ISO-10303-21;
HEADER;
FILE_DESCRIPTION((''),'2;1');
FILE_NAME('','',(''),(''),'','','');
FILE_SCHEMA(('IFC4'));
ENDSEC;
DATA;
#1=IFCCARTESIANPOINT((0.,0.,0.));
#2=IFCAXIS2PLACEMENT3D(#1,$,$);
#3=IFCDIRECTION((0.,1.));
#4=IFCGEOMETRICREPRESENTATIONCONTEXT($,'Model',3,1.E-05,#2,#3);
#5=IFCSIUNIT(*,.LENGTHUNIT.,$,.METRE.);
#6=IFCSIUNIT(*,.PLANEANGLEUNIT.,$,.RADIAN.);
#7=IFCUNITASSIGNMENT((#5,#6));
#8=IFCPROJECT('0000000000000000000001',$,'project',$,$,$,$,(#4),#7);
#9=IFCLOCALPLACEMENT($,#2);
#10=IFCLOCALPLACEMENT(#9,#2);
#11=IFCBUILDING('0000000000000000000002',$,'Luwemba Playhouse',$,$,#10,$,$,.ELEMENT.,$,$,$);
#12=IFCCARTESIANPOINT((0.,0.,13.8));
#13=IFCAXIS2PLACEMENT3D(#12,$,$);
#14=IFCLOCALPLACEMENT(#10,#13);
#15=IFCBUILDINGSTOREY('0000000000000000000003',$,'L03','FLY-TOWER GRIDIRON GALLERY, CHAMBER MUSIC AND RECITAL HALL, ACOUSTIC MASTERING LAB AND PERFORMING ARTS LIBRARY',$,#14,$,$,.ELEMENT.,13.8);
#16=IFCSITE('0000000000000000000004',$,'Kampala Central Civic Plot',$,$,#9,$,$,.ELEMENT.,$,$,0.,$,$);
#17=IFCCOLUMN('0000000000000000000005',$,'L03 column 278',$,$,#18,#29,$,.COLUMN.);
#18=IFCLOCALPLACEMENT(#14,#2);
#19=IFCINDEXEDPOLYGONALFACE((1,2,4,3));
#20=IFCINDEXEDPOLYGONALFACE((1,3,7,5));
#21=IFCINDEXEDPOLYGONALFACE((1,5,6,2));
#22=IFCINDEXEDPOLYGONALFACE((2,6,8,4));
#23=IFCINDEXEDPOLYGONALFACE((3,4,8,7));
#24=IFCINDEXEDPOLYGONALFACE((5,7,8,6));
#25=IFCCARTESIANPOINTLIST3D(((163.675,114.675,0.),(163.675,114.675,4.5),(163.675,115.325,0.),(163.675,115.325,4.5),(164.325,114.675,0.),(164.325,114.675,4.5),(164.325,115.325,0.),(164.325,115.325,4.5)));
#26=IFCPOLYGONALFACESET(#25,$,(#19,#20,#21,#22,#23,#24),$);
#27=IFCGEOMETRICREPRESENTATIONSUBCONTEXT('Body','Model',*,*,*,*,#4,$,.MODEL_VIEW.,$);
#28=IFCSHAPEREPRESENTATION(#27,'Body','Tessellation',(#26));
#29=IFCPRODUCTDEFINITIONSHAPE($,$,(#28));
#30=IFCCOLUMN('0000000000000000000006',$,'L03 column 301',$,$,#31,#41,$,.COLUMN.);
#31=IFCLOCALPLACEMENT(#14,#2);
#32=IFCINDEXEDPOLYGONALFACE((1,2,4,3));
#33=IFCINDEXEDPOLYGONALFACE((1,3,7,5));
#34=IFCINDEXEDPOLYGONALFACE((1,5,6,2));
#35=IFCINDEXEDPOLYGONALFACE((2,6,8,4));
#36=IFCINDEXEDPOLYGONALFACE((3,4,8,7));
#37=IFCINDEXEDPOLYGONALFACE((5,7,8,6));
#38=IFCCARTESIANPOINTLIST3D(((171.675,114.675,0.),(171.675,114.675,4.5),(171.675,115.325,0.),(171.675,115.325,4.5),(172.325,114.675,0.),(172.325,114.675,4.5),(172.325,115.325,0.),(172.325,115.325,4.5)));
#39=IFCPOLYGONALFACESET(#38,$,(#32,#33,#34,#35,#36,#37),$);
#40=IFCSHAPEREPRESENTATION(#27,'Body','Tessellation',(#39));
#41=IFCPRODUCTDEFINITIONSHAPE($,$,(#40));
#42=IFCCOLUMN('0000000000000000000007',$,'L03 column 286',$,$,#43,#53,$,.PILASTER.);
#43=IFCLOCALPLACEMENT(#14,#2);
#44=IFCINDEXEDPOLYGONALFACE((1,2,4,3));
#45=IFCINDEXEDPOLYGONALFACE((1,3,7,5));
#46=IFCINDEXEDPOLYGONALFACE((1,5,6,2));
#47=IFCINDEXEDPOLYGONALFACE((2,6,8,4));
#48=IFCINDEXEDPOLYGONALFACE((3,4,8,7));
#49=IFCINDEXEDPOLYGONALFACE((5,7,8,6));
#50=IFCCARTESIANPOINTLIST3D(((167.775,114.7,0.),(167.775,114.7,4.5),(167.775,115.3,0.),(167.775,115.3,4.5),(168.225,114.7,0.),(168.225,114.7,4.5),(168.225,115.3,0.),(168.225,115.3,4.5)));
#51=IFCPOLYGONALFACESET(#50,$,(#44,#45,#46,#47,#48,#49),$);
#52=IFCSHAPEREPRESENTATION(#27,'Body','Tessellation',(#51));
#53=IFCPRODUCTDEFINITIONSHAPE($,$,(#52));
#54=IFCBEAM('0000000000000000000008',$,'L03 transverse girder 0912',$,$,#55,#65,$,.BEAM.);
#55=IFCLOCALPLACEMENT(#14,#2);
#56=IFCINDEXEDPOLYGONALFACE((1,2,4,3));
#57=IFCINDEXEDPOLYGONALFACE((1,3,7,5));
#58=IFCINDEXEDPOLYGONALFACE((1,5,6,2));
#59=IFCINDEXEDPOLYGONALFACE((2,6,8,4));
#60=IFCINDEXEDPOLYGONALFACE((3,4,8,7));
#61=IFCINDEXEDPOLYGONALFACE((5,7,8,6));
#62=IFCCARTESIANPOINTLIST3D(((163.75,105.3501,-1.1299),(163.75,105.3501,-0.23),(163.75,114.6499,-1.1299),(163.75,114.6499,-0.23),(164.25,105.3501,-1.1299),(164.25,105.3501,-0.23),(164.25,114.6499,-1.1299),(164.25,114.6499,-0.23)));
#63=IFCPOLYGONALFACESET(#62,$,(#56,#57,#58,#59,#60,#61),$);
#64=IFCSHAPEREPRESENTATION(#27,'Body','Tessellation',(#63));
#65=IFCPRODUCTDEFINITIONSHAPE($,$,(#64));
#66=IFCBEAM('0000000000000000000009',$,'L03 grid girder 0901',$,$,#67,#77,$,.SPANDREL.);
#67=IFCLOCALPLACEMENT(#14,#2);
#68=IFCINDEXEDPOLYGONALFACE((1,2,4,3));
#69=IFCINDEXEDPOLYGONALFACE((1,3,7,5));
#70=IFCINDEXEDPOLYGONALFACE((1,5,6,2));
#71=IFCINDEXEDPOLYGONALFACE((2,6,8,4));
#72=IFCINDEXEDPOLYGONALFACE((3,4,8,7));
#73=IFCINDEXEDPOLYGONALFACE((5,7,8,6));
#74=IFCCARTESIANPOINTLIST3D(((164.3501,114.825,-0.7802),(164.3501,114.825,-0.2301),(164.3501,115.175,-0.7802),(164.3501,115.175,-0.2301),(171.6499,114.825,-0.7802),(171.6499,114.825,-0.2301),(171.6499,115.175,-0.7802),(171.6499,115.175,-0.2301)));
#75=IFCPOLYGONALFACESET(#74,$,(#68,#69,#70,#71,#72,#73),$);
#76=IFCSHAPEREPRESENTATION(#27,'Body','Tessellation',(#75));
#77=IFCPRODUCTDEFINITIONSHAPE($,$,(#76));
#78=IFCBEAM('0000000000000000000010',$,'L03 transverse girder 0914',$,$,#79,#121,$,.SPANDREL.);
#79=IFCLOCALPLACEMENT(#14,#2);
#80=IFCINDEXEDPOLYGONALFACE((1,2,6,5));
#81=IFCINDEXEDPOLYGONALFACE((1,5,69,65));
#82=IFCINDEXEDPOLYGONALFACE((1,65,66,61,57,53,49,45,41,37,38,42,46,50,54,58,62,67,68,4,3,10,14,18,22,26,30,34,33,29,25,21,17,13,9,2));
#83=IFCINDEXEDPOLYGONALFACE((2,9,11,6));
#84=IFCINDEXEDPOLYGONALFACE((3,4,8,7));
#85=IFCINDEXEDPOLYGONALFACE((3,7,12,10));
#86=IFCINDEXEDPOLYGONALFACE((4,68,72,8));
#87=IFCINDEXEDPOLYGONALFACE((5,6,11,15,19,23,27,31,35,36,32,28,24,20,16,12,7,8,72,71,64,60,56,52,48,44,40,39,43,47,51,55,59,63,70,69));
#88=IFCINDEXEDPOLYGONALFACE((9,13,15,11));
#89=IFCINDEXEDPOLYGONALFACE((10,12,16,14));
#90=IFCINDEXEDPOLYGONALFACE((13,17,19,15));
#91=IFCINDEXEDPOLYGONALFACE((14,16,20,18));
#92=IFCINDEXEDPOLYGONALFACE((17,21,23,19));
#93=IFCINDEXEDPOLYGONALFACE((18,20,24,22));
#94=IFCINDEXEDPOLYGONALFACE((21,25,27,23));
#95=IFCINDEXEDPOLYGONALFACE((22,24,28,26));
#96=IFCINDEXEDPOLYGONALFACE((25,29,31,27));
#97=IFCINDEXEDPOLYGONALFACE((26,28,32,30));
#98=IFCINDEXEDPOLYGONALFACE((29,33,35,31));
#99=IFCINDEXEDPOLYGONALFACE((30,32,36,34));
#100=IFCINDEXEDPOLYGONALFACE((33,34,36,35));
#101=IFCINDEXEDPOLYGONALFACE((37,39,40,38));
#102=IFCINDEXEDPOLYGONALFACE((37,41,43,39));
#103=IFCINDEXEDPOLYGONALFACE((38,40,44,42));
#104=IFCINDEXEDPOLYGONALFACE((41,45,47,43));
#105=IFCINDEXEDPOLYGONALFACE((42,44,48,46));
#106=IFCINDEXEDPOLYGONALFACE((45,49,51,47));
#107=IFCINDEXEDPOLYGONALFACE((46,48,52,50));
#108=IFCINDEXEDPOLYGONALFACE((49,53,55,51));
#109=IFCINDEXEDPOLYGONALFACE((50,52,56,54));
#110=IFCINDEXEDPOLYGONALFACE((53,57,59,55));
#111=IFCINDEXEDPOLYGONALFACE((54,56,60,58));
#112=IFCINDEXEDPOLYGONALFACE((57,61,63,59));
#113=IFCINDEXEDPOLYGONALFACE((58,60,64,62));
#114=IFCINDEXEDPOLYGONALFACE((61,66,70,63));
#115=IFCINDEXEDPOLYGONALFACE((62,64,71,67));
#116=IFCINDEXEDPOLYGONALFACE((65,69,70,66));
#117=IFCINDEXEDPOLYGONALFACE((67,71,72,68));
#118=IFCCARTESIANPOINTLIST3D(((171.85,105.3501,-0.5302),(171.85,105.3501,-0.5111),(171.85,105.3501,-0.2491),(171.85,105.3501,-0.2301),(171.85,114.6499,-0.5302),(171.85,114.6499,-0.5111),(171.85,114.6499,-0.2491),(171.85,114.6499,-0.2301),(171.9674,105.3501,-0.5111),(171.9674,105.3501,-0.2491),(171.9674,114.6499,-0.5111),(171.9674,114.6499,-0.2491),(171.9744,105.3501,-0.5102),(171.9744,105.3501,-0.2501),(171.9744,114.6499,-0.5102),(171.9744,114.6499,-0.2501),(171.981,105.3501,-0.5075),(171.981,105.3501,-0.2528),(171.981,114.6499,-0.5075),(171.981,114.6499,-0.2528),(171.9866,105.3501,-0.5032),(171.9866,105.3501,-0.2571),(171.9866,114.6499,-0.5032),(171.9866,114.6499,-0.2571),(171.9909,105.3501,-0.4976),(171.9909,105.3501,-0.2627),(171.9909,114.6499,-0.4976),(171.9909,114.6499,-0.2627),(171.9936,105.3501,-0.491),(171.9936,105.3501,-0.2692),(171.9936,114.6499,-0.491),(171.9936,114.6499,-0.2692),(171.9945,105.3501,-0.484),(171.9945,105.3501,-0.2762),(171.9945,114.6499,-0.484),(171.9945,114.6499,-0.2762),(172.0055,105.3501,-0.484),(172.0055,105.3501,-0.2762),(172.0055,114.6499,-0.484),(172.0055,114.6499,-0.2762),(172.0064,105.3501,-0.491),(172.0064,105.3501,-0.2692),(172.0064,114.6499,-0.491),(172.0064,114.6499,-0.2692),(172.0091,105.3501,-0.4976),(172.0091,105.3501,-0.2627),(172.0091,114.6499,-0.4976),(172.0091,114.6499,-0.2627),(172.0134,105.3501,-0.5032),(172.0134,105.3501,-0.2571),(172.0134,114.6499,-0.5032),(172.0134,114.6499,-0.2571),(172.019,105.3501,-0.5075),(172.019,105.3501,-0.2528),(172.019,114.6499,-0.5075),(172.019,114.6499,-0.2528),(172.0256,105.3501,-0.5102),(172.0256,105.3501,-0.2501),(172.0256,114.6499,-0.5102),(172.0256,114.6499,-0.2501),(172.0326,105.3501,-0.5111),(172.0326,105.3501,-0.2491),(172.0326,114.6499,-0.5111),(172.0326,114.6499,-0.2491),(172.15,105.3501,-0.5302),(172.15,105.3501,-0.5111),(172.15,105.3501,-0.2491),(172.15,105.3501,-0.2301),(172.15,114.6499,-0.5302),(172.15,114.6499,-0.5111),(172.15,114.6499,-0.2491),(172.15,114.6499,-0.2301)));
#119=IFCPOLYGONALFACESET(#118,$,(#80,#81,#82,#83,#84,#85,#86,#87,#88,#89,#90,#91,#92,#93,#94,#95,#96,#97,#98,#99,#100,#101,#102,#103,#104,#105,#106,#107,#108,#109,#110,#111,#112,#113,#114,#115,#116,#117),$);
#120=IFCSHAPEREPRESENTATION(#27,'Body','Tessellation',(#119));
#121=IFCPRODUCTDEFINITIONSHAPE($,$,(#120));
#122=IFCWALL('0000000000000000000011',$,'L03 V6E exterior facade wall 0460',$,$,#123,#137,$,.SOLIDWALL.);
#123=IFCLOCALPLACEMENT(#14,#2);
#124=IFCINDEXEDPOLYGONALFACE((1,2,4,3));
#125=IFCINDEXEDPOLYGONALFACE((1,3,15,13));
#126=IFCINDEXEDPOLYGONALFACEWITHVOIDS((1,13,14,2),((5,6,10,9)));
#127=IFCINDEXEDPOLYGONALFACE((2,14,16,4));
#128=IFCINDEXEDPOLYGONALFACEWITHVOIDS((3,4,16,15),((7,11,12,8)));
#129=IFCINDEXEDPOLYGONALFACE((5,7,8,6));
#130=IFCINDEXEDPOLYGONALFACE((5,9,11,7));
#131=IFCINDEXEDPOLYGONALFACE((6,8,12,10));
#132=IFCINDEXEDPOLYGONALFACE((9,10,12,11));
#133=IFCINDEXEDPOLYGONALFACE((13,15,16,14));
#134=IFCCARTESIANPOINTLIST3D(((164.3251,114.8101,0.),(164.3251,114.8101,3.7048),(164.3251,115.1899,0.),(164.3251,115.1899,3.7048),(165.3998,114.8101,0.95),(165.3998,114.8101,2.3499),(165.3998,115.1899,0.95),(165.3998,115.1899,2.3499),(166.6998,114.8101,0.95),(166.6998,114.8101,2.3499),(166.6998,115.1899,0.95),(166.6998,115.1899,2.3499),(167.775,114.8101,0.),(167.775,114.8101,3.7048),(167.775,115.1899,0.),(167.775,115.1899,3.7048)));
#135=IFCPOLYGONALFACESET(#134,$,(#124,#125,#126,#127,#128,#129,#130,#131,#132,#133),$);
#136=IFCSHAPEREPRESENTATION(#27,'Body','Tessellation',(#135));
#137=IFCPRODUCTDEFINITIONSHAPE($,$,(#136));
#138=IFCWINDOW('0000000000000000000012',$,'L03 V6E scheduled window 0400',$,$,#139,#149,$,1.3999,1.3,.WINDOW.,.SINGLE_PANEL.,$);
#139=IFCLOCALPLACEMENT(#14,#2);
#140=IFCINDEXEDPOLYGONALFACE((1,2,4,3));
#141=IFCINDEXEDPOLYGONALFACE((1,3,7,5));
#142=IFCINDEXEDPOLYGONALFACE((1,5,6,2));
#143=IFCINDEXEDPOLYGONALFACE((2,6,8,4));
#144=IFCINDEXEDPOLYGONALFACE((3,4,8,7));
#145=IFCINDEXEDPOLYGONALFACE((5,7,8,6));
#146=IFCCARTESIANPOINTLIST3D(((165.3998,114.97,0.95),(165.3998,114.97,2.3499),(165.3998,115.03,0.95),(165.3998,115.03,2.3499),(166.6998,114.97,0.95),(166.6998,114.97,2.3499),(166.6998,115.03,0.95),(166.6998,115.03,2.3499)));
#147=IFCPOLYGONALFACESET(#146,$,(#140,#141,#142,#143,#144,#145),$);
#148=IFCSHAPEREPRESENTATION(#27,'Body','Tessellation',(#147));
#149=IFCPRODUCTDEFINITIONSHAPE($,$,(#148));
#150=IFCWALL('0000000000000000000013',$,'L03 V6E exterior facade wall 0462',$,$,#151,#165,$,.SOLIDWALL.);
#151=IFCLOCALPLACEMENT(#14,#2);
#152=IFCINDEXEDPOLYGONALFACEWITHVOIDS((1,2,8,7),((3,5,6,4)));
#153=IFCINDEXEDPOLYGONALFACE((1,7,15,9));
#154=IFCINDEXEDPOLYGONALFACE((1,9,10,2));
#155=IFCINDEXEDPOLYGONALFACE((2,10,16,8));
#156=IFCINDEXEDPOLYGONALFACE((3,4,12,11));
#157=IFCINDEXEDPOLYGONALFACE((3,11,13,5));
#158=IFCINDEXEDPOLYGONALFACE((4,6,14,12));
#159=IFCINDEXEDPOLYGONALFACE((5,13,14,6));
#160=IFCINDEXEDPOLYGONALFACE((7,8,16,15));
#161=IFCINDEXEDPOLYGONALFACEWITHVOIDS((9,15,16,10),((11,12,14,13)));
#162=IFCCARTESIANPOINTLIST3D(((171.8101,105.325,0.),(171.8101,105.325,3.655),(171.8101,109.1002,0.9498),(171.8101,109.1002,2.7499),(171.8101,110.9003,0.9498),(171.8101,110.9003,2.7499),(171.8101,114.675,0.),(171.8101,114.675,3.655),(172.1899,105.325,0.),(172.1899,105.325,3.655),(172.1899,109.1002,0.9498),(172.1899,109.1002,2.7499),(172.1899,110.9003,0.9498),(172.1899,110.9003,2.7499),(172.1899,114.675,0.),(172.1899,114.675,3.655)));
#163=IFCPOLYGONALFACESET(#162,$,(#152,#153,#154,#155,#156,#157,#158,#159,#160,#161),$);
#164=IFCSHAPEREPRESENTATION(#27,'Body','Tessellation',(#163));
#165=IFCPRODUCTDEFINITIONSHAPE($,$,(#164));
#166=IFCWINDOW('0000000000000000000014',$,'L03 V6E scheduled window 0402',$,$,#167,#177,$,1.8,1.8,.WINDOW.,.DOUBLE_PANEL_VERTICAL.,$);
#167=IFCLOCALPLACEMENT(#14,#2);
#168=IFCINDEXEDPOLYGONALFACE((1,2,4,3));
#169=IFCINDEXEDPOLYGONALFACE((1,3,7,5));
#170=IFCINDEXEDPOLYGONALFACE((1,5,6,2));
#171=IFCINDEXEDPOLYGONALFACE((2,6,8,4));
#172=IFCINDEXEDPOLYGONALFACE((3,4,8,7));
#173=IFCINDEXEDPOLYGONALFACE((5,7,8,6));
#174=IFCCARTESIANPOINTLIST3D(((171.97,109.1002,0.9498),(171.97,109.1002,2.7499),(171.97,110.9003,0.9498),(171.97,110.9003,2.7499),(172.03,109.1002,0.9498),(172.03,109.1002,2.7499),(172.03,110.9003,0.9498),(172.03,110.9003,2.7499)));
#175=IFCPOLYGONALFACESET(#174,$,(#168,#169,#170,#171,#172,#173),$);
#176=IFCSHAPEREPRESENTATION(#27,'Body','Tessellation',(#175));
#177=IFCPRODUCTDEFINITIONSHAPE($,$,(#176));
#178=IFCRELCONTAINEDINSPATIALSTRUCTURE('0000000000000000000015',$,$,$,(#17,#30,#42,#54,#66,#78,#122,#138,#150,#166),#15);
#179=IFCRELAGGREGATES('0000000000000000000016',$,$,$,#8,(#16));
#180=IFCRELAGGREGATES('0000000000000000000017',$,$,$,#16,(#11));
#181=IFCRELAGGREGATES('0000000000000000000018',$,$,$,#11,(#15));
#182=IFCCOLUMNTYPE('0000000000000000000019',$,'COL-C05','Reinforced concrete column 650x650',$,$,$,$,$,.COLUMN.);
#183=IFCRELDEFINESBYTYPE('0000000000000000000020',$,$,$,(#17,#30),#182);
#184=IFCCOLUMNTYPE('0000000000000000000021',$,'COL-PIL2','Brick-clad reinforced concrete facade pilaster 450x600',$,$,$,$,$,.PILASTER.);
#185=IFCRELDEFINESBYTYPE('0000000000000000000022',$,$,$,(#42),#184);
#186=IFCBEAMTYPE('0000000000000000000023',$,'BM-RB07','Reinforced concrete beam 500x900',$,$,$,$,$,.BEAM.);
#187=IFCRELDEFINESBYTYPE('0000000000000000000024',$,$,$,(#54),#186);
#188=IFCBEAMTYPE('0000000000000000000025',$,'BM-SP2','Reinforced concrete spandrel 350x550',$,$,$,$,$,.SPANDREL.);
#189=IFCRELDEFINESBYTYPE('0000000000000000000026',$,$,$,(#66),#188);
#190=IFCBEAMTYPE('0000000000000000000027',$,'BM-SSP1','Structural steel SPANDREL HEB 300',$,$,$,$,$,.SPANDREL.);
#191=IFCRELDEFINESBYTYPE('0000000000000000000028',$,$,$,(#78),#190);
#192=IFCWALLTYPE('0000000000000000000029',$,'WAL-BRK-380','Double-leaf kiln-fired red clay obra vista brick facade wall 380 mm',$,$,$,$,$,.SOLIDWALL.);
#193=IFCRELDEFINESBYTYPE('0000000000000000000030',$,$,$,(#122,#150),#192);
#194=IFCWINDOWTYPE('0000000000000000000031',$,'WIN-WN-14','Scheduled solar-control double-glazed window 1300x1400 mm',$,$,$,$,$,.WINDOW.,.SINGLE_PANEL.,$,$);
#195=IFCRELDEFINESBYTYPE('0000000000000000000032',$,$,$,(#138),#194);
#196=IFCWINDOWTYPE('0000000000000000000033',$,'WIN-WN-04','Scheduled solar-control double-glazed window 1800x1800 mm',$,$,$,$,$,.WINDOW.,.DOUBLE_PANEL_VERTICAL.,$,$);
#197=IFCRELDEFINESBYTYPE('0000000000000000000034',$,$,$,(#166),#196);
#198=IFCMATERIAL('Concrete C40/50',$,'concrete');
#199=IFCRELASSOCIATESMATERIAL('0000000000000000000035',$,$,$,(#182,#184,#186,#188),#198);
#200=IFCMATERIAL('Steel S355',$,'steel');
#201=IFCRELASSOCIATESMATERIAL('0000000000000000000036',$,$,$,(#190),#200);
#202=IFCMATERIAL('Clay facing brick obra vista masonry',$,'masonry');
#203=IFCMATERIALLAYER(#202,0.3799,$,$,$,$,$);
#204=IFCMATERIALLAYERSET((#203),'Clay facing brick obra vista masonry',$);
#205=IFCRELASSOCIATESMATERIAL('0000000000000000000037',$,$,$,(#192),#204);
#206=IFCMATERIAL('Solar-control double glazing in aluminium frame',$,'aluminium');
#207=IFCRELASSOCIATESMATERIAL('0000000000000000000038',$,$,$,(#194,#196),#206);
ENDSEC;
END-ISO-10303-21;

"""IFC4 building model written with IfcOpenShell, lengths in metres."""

from ifc_helpers import new_model, si_unit, direction, frame, frame_2d, origin, origin_2d, place, context, subcontext, project, spatial, rectangle, i_section, extrude, material, layer, layer_set, material_profile, profile_set, type_object, element, fill, save


model = new_model("IFC4")

# Units and contexts
model_context = context("Model", 3, precision=1e-05, world=origin(), true_north=direction((0.0, 1.0)))
body_context = subcontext(model_context, "Body", "Model", "MODEL_VIEW")
ifc_project = project(units=[si_unit("LENGTHUNIT", "METRE"), si_unit("PLANEANGLEUNIT", "RADIAN")], contexts=[model_context])

# Site, building, storey
site_placement = place(None, origin())
site = spatial("IfcSite", under=ifc_project, at=site_placement, Name="Kampala Central Civic Plot", CompositionType="ELEMENT", RefElevation=0.0)
building_placement = place(site_placement, origin())
building = spatial("IfcBuilding", under=site, at=building_placement, Name="Luwemba Playhouse", CompositionType="ELEMENT")
storey_placement = place(building_placement, frame((0.0, 0.0, 13.8)))
storey = spatial("IfcBuildingStorey", under=building, at=storey_placement, Name="L03", Description="FLY-TOWER GRIDIRON GALLERY, CHAMBER MUSIC AND RECITAL HALL, ACOUSTIC MASTERING LAB AND PERFORMING ARTS LIBRARY", CompositionType="ELEMENT", Elevation=13.8)

# Columns
ifc_material_1 = material(Name="Concrete C40/50", Category="concrete")
ifc_material_profile_1 = material_profile(ifc_material_1, rectangle(XDim=0.6499, YDim=0.6499, at=origin_2d()))
ifc_profile_set_1 = profile_set([ifc_material_profile_1], Name="Concrete C40/50")
column_type_1 = type_object("IfcColumnType", Name="COL-C05", Description="Reinforced concrete column 650x650", PredefinedType="COLUMN", material=ifc_profile_set_1)
for number, where, z_axis, x_axis, name in (
    (1, (164.0, 115.0, 0.0), (0.0, 0.0, 1.0), (1.0, 0.0, 0.0), "L03 column 278"),
    (2, (172.0, 115.0, 0.0), (0.0, 0.0, 1.0), (1.0, 0.0, 0.0), "L03 column 301"),
):
    element("IfcColumn", number, at=place(storey_placement, frame(where, z_axis=z_axis, x_axis=x_axis)), inside=storey, type_object=column_type_1, Name=name, PredefinedType="COLUMN", context=body_context, shape_type="SweptSolid", body=[
        extrude(rectangle(XDim=0.6499, YDim=0.6499, at=origin_2d()), origin(), (0.0, 0.0, 1.0), 4.5),
    ])
ifc_material_profile_2 = material_profile(ifc_material_1, rectangle(XDim=0.45, YDim=0.6001, at=origin_2d()))
ifc_profile_set_2 = profile_set([ifc_material_profile_2], Name="Concrete C40/50")
column_type_2 = type_object("IfcColumnType", Name="COL-PIL2", Description="Brick-clad reinforced concrete facade pilaster 450x600", PredefinedType="PILASTER", material=ifc_profile_set_2)
column_placement = place(storey_placement, frame((168.0, 115.0, 0.0), z_axis=(0.0, 0.0, 1.0), x_axis=(1.0, 0.0, 0.0)))
element("IfcColumn", 3, at=column_placement, inside=storey, type_object=column_type_2, Name="L03 column 286", PredefinedType="PILASTER", context=body_context, shape_type="SweptSolid", body=[
    extrude(rectangle(XDim=0.45, YDim=0.6001, at=origin_2d()), origin(), (0.0, 0.0, 1.0), 4.5),
])

# Beams
ifc_material_profile_3 = material_profile(ifc_material_1, rectangle(XDim=0.5, YDim=0.8999, at=origin_2d()))
ifc_profile_set_3 = profile_set([ifc_material_profile_3], Name="Concrete C40/50")
beam_type_1 = type_object("IfcBeamType", Name="BM-RB07", Description="Reinforced concrete beam 500x900", PredefinedType="BEAM", material=ifc_profile_set_3)
beam_1_placement = place(storey_placement, frame((164.0, 105.3501, -0.6799), z_axis=(0.0, 1.0, 0.0), x_axis=(-1.0, 0.0, 0.0)))
element("IfcBeam", 4, at=beam_1_placement, inside=storey, type_object=beam_type_1, Name="L03 transverse girder 0912", PredefinedType="BEAM", context=body_context, shape_type="SweptSolid", body=[
    extrude(rectangle(XDim=0.5, YDim=0.8999, at=origin_2d()), origin(), (0.0, 0.0, 1.0), 9.2998),
])
ifc_material_profile_4 = material_profile(ifc_material_1, rectangle(XDim=0.3501, YDim=0.55, at=origin_2d()))
ifc_profile_set_4 = profile_set([ifc_material_profile_4], Name="Concrete C40/50")
beam_type_2 = type_object("IfcBeamType", Name="BM-SP2", Description="Reinforced concrete spandrel 350x550", PredefinedType="SPANDREL", material=ifc_profile_set_4)
beam_2_placement = place(storey_placement, frame((164.3501, 115.0, -0.5051), z_axis=(1.0, 0.0, 0.0), x_axis=(0.0, 1.0, 0.0)))
element("IfcBeam", 5, at=beam_2_placement, inside=storey, type_object=beam_type_2, Name="L03 grid girder 0901", PredefinedType="SPANDREL", context=body_context, shape_type="SweptSolid", body=[
    extrude(rectangle(XDim=0.3501, YDim=0.55, at=origin_2d()), origin(), (0.0, 0.0, 1.0), 7.2998),
])
ifc_material_2 = material(Name="Steel S355", Category="steel")
ifc_material_profile_5 = material_profile(ifc_material_2, i_section(OverallWidth=0.3, OverallDepth=0.3, WebThickness=0.011, FlangeThickness=0.019, FilletRadius=0.0271, at=origin_2d()))
ifc_profile_set_5 = profile_set([ifc_material_profile_5], Name="Steel S355")
beam_type_3 = type_object("IfcBeamType", Name="BM-SSP1", Description="Structural steel SPANDREL HEB 300", PredefinedType="SPANDREL", material=ifc_profile_set_5)
beam_3_placement = place(storey_placement, frame((172.0, 105.3501, -0.3801), z_axis=(0.0, 1.0, 0.0), x_axis=(-1.0, 0.0, 0.0)))
element("IfcBeam", 6, at=beam_3_placement, inside=storey, type_object=beam_type_3, Name="L03 transverse girder 0914", PredefinedType="SPANDREL", context=body_context, shape_type="SweptSolid", body=[
    extrude(i_section(OverallWidth=0.3, OverallDepth=0.3, WebThickness=0.011, FlangeThickness=0.019, FilletRadius=0.0271, at=origin_2d()), origin(), (0.0, 0.0, 1.0), 9.2998),
])

# Walls, openings, windows
ifc_material_3 = material(Name="Clay facing brick obra vista masonry", Category="masonry")
ifc_layer_1 = layer(ifc_material_3, 0.3799)
ifc_layer_set_1 = layer_set([ifc_layer_1], Name="Clay facing brick obra vista masonry")
wall_type_1 = type_object("IfcWallType", Name="WAL-BRK-380", Description="Double-leaf kiln-fired red clay obra vista brick facade wall 380 mm", PredefinedType="SOLIDWALL", material=ifc_layer_set_1)
wall_1_placement = place(storey_placement, frame((164.325, 115.0, 0.0), z_axis=(0.0, 0.0, 1.0), x_axis=(1.0, 0.0, 0.0)))
wall_1 = element("IfcWall", 7, at=wall_1_placement, inside=storey, type_object=wall_type_1, Name="L03 V6E exterior facade wall 0460", PredefinedType="SOLIDWALL", context=body_context, shape_type="SweptSolid", body=[
    extrude(rectangle(XDim=3.45, YDim=0.3799, at=frame_2d((1.7251, 0.0))), origin(), (0.0, 0.0, 1.0), 3.7048),
])
opening_1_placement = place(wall_1_placement, frame((1.075, 0.0, 0.95)))
opening_1 = element("IfcOpeningElement", 8, at=opening_1_placement, cuts=wall_1, PredefinedType="OPENING", context=body_context, shape_type="SweptSolid", body=[
    extrude(rectangle(XDim=1.3, YDim=1.3999, at=frame_2d((0.6499, 0.7))), frame((0.0, 0.2, 0.0), z_axis=(0.0, -1.0, 0.0), x_axis=(1.0, 0.0, 0.0)), (0.0, 0.0, 1.0), 0.3999),
])
ifc_material_4 = material(Name="Solar-control double glazing in aluminium frame", Category="aluminium")
window_type_1 = type_object("IfcWindowType", Name="WIN-WN-14", Description="Scheduled solar-control double-glazed window 1300x1400 mm", PartitioningType="SINGLE_PANEL", PredefinedType="WINDOW", material=ifc_material_4)
window_1_placement = place(opening_1_placement, origin())
window_1 = element("IfcWindow", 9, at=window_1_placement, inside=storey, type_object=window_type_1, Name="L03 V6E scheduled window 0400", OverallHeight=1.3999, OverallWidth=1.3, PartitioningType="SINGLE_PANEL", PredefinedType="WINDOW", context=body_context, shape_type="SweptSolid", body=[
    extrude(rectangle(XDim=1.3, YDim=1.3999, at=frame_2d((0.6499, 0.7))), frame((0.0, 0.03, 0.0), z_axis=(0.0, -1.0, 0.0), x_axis=(1.0, 0.0, 0.0)), (0.0, 0.0, 1.0), 0.0601),
])
fill(opening_1, window_1)
wall_2_placement = place(storey_placement, frame((172.0, 114.675, 0.0), z_axis=(0.0, 0.0, 1.0), x_axis=(0.0, -1.0, 0.0)))
wall_2 = element("IfcWall", 10, at=wall_2_placement, inside=storey, type_object=wall_type_1, Name="L03 V6E exterior facade wall 0462", PredefinedType="SOLIDWALL", context=body_context, shape_type="SweptSolid", body=[
    extrude(rectangle(XDim=9.3501, YDim=0.3799, at=frame_2d((4.675, 0.0))), origin(), (0.0, 0.0, 1.0), 3.655),
])
opening_2_placement = place(wall_2_placement, frame((3.7749, 0.0, 0.95)))
opening_2 = element("IfcOpeningElement", 11, at=opening_2_placement, cuts=wall_2, PredefinedType="OPENING", context=body_context, shape_type="SweptSolid", body=[
    extrude(rectangle(XDim=1.8, YDim=1.8, at=frame_2d((0.8999, 0.8999))), frame((0.0, 0.2, 0.0), z_axis=(0.0, -1.0, 0.0), x_axis=(1.0, 0.0, 0.0)), (0.0, 0.0, 1.0), 0.3999),
])
window_type_2 = type_object("IfcWindowType", Name="WIN-WN-04", Description="Scheduled solar-control double-glazed window 1800x1800 mm", PartitioningType="DOUBLE_PANEL_VERTICAL", PredefinedType="WINDOW", material=ifc_material_4)
window_2_placement = place(opening_2_placement, origin())
window_2 = element("IfcWindow", 12, at=window_2_placement, inside=storey, type_object=window_type_2, Name="L03 V6E scheduled window 0402", OverallHeight=1.8, OverallWidth=1.8, PartitioningType="DOUBLE_PANEL_VERTICAL", PredefinedType="WINDOW", context=body_context, shape_type="SweptSolid", body=[
    extrude(rectangle(XDim=1.8, YDim=1.8, at=frame_2d((0.8999, 0.8999))), frame((0.0, 0.03, 0.0), z_axis=(0.0, -1.0, 0.0), x_axis=(1.0, 0.0, 0.0)), (0.0, 0.0, 1.0), 0.0601),
])
fill(opening_2, window_2)

save(model, "model.ifc")
